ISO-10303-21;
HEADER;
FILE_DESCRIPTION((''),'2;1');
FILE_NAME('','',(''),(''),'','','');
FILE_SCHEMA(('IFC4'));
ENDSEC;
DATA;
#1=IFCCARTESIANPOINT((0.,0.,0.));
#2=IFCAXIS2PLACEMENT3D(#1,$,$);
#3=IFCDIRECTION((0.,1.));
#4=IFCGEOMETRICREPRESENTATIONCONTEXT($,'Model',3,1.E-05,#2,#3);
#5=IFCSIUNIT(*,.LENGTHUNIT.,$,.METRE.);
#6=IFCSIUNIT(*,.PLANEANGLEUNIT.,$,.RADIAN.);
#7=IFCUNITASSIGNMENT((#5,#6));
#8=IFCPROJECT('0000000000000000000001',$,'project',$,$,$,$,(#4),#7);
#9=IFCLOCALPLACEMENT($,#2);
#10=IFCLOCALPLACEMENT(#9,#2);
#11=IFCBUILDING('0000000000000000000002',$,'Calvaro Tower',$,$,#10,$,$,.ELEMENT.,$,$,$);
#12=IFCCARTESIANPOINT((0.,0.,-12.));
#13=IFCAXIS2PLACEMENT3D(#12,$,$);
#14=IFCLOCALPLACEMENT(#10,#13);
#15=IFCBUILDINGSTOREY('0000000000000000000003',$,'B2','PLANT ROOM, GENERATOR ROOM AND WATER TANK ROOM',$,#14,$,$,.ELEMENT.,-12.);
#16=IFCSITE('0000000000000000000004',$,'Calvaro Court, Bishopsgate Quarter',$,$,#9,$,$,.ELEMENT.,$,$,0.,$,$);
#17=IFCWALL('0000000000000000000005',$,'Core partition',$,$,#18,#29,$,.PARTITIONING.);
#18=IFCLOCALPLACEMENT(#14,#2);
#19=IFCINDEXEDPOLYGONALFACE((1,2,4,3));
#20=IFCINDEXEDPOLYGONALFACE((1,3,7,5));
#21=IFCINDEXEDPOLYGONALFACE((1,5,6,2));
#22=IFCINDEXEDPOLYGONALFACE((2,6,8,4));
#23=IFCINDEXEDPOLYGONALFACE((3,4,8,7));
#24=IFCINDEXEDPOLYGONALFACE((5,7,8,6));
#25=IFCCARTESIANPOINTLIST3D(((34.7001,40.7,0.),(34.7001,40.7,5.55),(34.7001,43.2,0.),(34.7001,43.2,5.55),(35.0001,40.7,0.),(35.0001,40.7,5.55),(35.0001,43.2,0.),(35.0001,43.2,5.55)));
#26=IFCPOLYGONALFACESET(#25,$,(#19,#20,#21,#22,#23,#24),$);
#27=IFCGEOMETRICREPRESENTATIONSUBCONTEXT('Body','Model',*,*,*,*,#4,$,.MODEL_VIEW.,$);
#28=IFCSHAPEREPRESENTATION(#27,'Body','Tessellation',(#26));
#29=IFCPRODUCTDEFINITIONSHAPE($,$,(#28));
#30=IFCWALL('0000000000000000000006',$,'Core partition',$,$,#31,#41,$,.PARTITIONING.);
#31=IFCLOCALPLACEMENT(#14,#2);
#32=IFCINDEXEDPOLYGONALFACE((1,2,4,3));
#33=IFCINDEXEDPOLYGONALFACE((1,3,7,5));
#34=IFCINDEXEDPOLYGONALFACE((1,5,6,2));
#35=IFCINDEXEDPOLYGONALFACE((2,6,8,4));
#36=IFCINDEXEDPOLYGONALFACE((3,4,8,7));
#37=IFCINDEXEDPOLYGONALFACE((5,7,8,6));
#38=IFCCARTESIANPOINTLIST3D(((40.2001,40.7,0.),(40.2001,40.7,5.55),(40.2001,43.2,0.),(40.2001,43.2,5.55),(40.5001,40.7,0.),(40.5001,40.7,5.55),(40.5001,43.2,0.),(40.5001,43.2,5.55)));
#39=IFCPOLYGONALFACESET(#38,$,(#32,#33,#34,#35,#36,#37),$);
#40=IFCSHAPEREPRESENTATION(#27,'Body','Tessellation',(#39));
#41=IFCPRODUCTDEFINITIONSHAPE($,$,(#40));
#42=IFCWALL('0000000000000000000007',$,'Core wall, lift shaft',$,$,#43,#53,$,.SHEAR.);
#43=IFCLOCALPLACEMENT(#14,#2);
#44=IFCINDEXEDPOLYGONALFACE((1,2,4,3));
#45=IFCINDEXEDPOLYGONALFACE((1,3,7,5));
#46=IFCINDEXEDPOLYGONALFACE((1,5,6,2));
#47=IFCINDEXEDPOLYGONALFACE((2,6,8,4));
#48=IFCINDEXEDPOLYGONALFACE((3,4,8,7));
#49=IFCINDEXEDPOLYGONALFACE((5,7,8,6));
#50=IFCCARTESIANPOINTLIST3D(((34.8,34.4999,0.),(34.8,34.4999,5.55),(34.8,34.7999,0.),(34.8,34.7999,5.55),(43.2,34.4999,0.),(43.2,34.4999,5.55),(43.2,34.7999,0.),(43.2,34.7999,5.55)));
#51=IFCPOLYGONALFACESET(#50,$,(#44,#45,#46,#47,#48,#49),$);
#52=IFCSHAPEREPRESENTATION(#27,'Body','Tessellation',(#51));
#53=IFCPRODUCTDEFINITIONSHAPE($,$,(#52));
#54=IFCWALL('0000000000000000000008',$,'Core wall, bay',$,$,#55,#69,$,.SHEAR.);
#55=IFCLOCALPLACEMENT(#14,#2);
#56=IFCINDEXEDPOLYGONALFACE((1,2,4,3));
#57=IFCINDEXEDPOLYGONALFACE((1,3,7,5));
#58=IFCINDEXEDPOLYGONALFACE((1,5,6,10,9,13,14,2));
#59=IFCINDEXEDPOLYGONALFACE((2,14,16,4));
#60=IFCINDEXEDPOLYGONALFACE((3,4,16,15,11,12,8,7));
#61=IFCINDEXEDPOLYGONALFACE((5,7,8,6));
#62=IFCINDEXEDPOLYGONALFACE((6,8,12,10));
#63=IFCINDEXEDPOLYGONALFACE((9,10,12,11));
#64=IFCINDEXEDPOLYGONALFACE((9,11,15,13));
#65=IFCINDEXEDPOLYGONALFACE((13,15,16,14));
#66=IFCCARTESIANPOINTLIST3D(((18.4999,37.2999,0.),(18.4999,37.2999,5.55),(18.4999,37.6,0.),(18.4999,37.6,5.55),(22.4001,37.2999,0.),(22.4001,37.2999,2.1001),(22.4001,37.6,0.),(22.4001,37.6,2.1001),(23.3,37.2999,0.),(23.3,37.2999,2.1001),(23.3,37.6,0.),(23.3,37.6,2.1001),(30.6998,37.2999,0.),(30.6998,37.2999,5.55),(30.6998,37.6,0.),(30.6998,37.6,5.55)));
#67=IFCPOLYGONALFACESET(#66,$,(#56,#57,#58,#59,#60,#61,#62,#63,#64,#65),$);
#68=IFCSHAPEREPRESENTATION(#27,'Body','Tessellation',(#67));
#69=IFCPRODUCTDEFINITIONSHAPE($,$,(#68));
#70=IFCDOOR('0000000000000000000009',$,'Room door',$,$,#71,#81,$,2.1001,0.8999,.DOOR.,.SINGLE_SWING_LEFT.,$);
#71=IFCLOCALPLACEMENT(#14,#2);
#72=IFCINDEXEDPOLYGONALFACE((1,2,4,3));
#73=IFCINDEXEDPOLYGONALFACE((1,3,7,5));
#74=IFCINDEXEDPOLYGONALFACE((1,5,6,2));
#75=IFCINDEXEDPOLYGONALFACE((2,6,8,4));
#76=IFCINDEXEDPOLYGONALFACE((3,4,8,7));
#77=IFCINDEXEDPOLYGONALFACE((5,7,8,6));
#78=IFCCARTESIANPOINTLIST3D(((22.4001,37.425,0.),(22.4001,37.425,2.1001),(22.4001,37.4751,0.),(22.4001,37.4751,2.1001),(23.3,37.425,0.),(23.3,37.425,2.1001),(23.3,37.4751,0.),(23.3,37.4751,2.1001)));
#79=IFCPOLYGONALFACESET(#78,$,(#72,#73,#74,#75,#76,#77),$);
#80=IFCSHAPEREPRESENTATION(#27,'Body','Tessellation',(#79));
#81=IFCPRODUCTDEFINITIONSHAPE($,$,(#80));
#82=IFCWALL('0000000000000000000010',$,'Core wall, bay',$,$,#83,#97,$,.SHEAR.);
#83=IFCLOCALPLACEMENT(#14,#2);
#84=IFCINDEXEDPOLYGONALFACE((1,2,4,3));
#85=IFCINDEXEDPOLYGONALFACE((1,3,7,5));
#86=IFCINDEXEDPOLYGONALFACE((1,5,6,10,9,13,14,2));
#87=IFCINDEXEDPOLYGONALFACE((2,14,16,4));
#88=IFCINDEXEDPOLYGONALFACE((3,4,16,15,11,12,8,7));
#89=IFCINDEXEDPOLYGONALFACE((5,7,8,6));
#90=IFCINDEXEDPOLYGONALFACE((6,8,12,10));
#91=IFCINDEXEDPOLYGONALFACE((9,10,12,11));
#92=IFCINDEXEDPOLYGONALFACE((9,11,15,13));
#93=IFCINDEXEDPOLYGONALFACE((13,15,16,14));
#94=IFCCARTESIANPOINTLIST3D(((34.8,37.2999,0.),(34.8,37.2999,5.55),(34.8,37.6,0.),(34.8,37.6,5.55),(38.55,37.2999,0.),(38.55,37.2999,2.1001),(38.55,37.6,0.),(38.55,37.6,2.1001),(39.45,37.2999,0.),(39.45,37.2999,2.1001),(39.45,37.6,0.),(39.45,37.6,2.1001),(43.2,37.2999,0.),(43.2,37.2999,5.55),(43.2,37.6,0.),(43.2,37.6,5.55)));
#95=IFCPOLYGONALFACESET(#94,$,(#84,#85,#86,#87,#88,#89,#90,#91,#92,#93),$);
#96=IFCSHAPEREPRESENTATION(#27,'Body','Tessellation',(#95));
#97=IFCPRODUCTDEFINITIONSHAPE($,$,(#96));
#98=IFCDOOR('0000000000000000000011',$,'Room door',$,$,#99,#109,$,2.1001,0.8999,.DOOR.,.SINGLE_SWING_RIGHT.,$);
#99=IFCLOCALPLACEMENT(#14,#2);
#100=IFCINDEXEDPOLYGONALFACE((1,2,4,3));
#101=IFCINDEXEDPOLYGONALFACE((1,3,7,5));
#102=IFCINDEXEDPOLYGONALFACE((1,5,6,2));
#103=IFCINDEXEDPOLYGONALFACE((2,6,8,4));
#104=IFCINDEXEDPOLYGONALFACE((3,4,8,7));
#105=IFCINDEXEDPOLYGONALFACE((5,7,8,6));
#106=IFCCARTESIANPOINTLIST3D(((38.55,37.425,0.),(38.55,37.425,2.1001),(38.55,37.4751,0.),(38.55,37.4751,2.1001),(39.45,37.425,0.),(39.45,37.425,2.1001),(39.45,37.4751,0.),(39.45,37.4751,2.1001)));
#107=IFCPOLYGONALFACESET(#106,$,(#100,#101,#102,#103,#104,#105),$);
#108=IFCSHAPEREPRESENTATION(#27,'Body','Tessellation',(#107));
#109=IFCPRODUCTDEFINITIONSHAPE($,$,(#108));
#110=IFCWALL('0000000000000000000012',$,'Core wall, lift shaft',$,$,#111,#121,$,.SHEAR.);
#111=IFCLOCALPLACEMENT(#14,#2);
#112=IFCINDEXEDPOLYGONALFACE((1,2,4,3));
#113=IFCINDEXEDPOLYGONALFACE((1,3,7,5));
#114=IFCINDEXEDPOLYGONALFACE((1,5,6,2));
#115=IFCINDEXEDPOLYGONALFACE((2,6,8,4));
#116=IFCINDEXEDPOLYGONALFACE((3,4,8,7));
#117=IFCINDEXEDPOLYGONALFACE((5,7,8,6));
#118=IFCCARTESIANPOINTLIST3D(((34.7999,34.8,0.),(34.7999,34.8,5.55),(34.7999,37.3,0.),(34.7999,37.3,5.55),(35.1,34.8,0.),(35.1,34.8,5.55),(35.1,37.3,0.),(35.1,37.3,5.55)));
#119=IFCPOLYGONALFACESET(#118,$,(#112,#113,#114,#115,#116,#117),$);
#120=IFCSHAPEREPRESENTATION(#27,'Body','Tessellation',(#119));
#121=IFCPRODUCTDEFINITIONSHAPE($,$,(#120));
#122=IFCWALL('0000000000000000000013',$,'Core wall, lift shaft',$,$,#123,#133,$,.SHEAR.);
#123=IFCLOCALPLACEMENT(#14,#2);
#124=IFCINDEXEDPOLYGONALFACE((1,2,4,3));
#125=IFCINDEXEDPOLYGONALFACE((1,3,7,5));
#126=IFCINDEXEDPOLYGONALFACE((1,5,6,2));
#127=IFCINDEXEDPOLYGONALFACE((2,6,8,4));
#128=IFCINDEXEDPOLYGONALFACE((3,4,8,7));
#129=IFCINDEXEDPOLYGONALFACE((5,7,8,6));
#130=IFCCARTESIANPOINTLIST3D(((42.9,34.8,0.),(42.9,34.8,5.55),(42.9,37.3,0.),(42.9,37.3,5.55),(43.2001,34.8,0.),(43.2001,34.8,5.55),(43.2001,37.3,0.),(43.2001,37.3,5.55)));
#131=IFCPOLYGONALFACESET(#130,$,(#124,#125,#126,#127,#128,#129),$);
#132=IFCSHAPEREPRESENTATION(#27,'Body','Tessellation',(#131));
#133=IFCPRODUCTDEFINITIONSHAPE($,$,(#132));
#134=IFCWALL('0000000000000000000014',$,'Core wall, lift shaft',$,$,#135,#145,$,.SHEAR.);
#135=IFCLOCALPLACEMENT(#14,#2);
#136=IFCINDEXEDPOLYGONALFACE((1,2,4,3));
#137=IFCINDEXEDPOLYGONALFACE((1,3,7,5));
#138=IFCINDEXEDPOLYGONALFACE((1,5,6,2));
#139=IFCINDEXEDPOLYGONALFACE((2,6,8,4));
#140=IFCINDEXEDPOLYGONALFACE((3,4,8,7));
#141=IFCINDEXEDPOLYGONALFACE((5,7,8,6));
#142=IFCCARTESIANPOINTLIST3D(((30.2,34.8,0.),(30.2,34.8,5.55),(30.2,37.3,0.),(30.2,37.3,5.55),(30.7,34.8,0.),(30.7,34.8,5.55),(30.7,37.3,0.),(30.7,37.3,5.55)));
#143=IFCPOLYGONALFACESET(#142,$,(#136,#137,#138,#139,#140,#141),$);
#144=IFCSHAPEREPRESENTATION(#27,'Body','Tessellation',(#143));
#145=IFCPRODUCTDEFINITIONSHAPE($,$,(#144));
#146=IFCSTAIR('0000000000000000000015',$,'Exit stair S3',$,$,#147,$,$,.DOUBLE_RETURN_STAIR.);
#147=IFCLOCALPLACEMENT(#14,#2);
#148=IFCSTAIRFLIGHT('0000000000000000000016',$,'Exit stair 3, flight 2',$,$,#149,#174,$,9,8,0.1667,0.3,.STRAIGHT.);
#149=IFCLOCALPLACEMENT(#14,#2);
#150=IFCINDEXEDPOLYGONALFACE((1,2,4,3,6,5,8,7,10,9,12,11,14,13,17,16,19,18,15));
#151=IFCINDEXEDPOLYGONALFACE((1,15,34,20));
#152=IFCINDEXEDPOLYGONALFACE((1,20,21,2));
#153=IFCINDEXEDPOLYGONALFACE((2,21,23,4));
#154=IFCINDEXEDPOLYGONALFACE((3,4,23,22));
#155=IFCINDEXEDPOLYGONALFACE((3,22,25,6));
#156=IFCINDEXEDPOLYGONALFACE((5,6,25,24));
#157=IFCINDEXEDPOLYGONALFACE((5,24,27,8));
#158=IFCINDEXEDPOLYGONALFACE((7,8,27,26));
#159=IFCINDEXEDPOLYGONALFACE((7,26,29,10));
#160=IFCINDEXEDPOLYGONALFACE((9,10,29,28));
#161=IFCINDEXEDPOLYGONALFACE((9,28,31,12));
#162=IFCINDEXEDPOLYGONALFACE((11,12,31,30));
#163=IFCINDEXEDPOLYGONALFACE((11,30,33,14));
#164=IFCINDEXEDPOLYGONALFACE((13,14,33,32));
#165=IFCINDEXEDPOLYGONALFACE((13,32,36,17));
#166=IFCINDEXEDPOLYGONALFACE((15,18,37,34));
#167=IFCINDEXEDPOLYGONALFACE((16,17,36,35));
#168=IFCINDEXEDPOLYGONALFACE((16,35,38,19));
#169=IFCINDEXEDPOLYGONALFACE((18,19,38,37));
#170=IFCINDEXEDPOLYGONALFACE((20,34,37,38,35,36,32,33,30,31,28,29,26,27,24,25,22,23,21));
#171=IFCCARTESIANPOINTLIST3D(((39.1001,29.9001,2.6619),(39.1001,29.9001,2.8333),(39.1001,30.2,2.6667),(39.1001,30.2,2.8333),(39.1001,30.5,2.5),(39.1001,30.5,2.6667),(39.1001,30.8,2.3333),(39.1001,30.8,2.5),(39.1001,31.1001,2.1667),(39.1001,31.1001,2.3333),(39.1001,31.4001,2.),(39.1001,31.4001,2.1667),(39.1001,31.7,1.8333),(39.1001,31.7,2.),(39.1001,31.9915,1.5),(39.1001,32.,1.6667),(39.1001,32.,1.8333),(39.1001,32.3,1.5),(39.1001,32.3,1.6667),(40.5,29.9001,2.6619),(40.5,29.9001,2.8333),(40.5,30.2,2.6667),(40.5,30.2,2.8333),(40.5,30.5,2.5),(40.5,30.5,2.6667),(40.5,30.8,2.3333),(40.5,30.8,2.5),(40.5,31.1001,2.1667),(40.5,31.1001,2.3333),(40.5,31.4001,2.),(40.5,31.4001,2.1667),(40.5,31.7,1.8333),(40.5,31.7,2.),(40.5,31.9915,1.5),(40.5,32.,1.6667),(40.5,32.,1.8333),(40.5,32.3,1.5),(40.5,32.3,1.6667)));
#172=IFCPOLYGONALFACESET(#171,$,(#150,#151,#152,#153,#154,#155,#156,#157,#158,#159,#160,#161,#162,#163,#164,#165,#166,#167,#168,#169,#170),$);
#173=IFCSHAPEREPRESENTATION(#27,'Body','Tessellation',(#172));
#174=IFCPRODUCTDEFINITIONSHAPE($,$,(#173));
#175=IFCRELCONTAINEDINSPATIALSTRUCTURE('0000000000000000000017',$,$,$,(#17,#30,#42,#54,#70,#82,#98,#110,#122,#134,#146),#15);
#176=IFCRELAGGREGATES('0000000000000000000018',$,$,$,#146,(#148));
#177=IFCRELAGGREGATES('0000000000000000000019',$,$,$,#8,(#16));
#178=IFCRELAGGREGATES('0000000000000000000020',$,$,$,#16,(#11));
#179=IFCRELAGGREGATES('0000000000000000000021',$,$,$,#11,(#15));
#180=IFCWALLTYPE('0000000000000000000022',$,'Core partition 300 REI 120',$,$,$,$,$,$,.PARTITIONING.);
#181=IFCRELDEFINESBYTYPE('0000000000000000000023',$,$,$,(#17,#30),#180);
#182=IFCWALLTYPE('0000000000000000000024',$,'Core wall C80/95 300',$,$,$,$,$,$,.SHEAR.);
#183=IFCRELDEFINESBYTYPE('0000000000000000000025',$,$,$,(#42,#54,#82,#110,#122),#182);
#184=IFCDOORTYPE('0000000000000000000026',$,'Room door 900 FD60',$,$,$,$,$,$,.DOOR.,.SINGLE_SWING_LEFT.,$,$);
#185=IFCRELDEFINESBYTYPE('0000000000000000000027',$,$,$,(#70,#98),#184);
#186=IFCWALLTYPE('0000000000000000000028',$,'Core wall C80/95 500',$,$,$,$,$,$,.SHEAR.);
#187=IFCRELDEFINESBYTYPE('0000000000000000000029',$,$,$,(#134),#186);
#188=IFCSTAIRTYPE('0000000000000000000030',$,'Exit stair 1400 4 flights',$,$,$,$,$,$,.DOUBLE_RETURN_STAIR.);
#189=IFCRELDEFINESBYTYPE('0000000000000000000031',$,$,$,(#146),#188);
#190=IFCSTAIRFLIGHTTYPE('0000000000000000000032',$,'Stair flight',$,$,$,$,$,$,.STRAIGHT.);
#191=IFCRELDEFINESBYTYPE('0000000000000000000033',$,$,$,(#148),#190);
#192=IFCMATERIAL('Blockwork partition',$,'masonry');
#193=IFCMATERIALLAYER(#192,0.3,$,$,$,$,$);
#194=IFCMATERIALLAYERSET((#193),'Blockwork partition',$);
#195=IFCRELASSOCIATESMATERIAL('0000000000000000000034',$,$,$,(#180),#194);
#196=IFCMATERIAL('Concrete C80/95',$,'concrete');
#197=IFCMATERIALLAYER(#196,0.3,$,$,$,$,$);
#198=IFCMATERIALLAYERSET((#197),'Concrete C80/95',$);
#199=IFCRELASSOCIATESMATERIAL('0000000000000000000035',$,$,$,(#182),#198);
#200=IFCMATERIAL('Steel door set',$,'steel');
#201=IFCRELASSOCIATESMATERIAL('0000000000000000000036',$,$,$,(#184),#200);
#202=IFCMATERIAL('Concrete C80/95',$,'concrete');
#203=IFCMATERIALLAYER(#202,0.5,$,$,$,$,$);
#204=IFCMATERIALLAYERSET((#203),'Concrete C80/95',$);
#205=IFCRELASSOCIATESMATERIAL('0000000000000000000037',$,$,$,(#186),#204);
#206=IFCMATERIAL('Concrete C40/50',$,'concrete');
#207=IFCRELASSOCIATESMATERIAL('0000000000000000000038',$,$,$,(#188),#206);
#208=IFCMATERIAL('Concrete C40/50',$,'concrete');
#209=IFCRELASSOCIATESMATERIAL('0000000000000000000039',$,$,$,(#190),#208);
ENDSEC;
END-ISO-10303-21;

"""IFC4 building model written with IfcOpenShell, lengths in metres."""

from ifc_helpers import new_model, si_unit, direction, frame, frame_2d, origin, place, context, subcontext, project, spatial, polyline, rectangle, outline, extrude, material, layer, layer_set, type_object, element, fill, aggregate, save


model = new_model("IFC4")

# Units and contexts
model_context = context("Model", 3, precision=1e-05, world=origin(), true_north=direction((0.0, 1.0)))
body_context = subcontext(model_context, "Body", "Model", "MODEL_VIEW")
ifc_project = project(units=[si_unit("LENGTHUNIT", "METRE"), si_unit("PLANEANGLEUNIT", "RADIAN")], contexts=[model_context])

# Site, building, storey
site_placement = place(None, origin())
site = spatial("IfcSite", under=ifc_project, at=site_placement, Name="Calvaro Court, Bishopsgate Quarter", CompositionType="ELEMENT", RefElevation=0.0)
building_placement = place(site_placement, origin())
building = spatial("IfcBuilding", under=site, at=building_placement, Name="Calvaro Tower", CompositionType="ELEMENT")
storey_placement = place(building_placement, frame((0.0, 0.0, -12.0)))
storey = spatial("IfcBuildingStorey", under=building, at=storey_placement, Name="B2", Description="PLANT ROOM, GENERATOR ROOM AND WATER TANK ROOM", CompositionType="ELEMENT", Elevation=-12.0)

# Walls
ifc_material_1 = material(Name="Blockwork partition", Category="masonry")
ifc_layer_1 = layer(ifc_material_1, 0.3)
ifc_layer_set_1 = layer_set([ifc_layer_1], Name="Blockwork partition")
wall_type_1 = type_object("IfcWallType", Name="Core partition 300 REI 120", PredefinedType="PARTITIONING", material=ifc_layer_set_1)
for number, where, z_axis, x_axis, name in (
    (1, (34.8501, 40.7, 0.0), (0.0, 0.0, 1.0), (0.0, 1.0, 0.0), "Core partition"),
    (2, (40.3501, 40.7, 0.0), (0.0, 0.0, 1.0), (0.0, 1.0, 0.0), "Core partition"),
):
    element("IfcWall", number, at=place(storey_placement, frame(where, z_axis=z_axis, x_axis=x_axis)), inside=storey, type_object=wall_type_1, Name=name, PredefinedType="PARTITIONING", context=body_context, shape_type="SweptSolid", body=[
        extrude(rectangle(XDim=2.5, YDim=0.3, at=frame_2d((1.25, 0.0))), origin(), (0.0, 0.0, 1.0), 5.55),
    ])
ifc_material_2 = material(Name="Concrete C80/95", Category="concrete")
ifc_layer_2 = layer(ifc_material_2, 0.3)
ifc_layer_set_2 = layer_set([ifc_layer_2], Name="Concrete C80/95")
wall_type_2 = type_object("IfcWallType", Name="Core wall C80/95 300", PredefinedType="SHEAR", material=ifc_layer_set_2)
wall_1_placement = place(storey_placement, frame((34.8, 34.6499, 0.0), z_axis=(0.0, 0.0, 1.0), x_axis=(1.0, 0.0, 0.0)))
element("IfcWall", 3, at=wall_1_placement, inside=storey, type_object=wall_type_2, Name="Core wall, lift shaft", PredefinedType="SHEAR", context=body_context, shape_type="SweptSolid", body=[
    extrude(rectangle(XDim=8.3999, YDim=0.3, at=frame_2d((4.2, 0.0))), origin(), (0.0, 0.0, 1.0), 5.55),
])

# Walls, openings, doors
wall_2_placement = place(storey_placement, frame((30.7, 37.45, 0.0), z_axis=(0.0, 0.0, 1.0), x_axis=(-1.0, 0.0, 0.0)))
wall_2 = element("IfcWall", 4, at=wall_2_placement, inside=storey, type_object=wall_type_2, Name="Core wall, bay", PredefinedType="SHEAR", context=body_context, shape_type="SweptSolid", body=[
    extrude(rectangle(XDim=12.2, YDim=0.3, at=frame_2d((6.1001, 0.0))), origin(), (0.0, 0.0, 1.0), 5.55),
])
opening_1_placement = place(wall_2_placement, frame((7.3999, 0.0, 0.0)))
opening_1 = element("IfcOpeningElement", 5, at=opening_1_placement, cuts=wall_2, PredefinedType="OPENING", context=body_context, shape_type="SweptSolid", body=[
    extrude(rectangle(XDim=0.8999, YDim=2.1001, at=frame_2d((0.45, 1.05))), frame((0.0, 0.1599, 0.0), z_axis=(0.0, -1.0, 0.0), x_axis=(1.0, 0.0, 0.0)), (0.0, 0.0, 1.0), 0.3201),
])
ifc_material_3 = material(Name="Steel door set", Category="steel")
door_type = type_object("IfcDoorType", Name="Room door 900 FD60", OperationType="SINGLE_SWING_LEFT", PredefinedType="DOOR", material=ifc_material_3)
door_1_placement = place(opening_1_placement, origin())
door_1 = element("IfcDoor", 6, at=door_1_placement, inside=storey, type_object=door_type, Name="Room door", OperationType="SINGLE_SWING_LEFT", OverallHeight=2.1001, OverallWidth=0.8999, PredefinedType="DOOR", context=body_context, shape_type="SweptSolid", body=[
    extrude(rectangle(XDim=0.8999, YDim=2.1001, at=frame_2d((0.45, 1.05))), frame((0.0, 0.0249, 0.0), z_axis=(0.0, -1.0, 0.0), x_axis=(1.0, 0.0, 0.0)), (0.0, 0.0, 1.0), 0.05),
])
fill(opening_1, door_1)
wall_3_placement = place(storey_placement, frame((43.2, 37.45, 0.0), z_axis=(0.0, 0.0, 1.0), x_axis=(-1.0, 0.0, 0.0)))
wall_3 = element("IfcWall", 7, at=wall_3_placement, inside=storey, type_object=wall_type_2, Name="Core wall, bay", PredefinedType="SHEAR", context=body_context, shape_type="SweptSolid", body=[
    extrude(rectangle(XDim=8.3999, YDim=0.3, at=frame_2d((4.2, 0.0))), origin(), (0.0, 0.0, 1.0), 5.55),
])
opening_2_placement = place(wall_3_placement, frame((3.75, 0.0, 0.0)))
opening_2 = element("IfcOpeningElement", 8, at=opening_2_placement, cuts=wall_3, PredefinedType="OPENING", context=body_context, shape_type="SweptSolid", body=[
    extrude(rectangle(XDim=0.8999, YDim=2.1001, at=frame_2d((0.45, 1.05))), frame((0.0, 0.1599, 0.0), z_axis=(0.0, -1.0, 0.0), x_axis=(1.0, 0.0, 0.0)), (0.0, 0.0, 1.0), 0.3201),
])
door_2_placement = place(opening_2_placement, origin())
door_2 = element("IfcDoor", 9, at=door_2_placement, inside=storey, type_object=door_type, Name="Room door", OperationType="SINGLE_SWING_RIGHT", OverallHeight=2.1001, OverallWidth=0.8999, PredefinedType="DOOR", context=body_context, shape_type="SweptSolid", body=[
    extrude(rectangle(XDim=0.8999, YDim=2.1001, at=frame_2d((0.45, 1.05))), frame((0.0, 0.0249, 0.0), z_axis=(0.0, -1.0, 0.0), x_axis=(1.0, 0.0, 0.0)), (0.0, 0.0, 1.0), 0.05),
])
fill(opening_2, door_2)

# Walls
for number, where, z_axis, x_axis, name in (
    (10, (34.95, 34.8, 0.0), (0.0, 0.0, 1.0), (0.0, 1.0, 0.0), "Core wall, lift shaft"),
    (11, (43.05, 34.8, 0.0), (0.0, 0.0, 1.0), (0.0, 1.0, 0.0), "Core wall, lift shaft"),
):
    element("IfcWall", number, at=place(storey_placement, frame(where, z_axis=z_axis, x_axis=x_axis)), inside=storey, type_object=wall_type_2, Name=name, PredefinedType="SHEAR", context=body_context, shape_type="SweptSolid", body=[
        extrude(rectangle(XDim=2.5, YDim=0.3, at=frame_2d((1.25, 0.0))), origin(), (0.0, 0.0, 1.0), 5.55),
    ])
ifc_material_4 = material(Name="Concrete C80/95", Category="concrete")
ifc_layer_3 = layer(ifc_material_4, 0.5)
ifc_layer_set_3 = layer_set([ifc_layer_3], Name="Concrete C80/95")
wall_type_3 = type_object("IfcWallType", Name="Core wall C80/95 500", PredefinedType="SHEAR", material=ifc_layer_set_3)
wall_4_placement = place(storey_placement, frame((30.45, 34.8, 0.0), z_axis=(0.0, 0.0, 1.0), x_axis=(0.0, 1.0, 0.0)))
element("IfcWall", 12, at=wall_4_placement, inside=storey, type_object=wall_type_3, Name="Core wall, lift shaft", PredefinedType="SHEAR", context=body_context, shape_type="SweptSolid", body=[
    extrude(rectangle(XDim=2.5, YDim=0.5, at=frame_2d((1.25, 0.0))), origin(), (0.0, 0.0, 1.0), 5.55),
])

# Stair, stair flight
ifc_material_5 = material(Name="Concrete C40/50", Category="concrete")
stair_type = type_object("IfcStairType", Name="Exit stair 1400 4 flights", PredefinedType="DOUBLE_RETURN_STAIR", material=ifc_material_5)
stair_placement = place(storey_placement, origin())
stair = element("IfcStair", 13, at=stair_placement, inside=storey, type_object=stair_type, Name="Exit stair S3", PredefinedType="DOUBLE_RETURN_STAIR")
ifc_material_6 = material(Name="Concrete C40/50", Category="concrete")
stair_flight_type = type_object("IfcStairFlightType", Name="Stair flight", PredefinedType="STRAIGHT", material=ifc_material_6)
stair_flight_1_placement = place(storey_placement, frame((39.8, 32.3, 1.5), z_axis=(0.0, 0.0, 1.0), x_axis=(0.0, -1.0, 0.0)))
stair_flight_1 = element("IfcStairFlight", 14, at=stair_flight_1_placement, type_object=stair_flight_type, Name="Exit stair 3, flight 2", NumberOfRisers=9, NumberOfTreads=8, PredefinedType="STRAIGHT", RiserHeight=0.1667, TreadLength=0.3, context=body_context, shape_type="SweptSolid", body=[
    extrude(outline(polyline([(0.0, 0.0), (0.0, 0.1667), (0.3, 0.1667), (0.3, 0.3333), (0.6001, 0.3333), (0.6001, 0.5), (0.8999, 0.5), (0.8999, 0.6667), (1.2, 0.6667), (1.2, 0.8333), (1.5, 0.8333), (1.5, 1.0), (1.8, 1.0), (1.8, 1.1667), (2.1001, 1.1667), (2.1001, 1.3333), (2.3999, 1.3333), (2.3999, 1.5), (2.3999, 1.1619), (0.3086, 0.0), (0.0, 0.0)])), frame((0.0, 0.7, 0.0), z_axis=(0.0, -1.0, 0.0), x_axis=(1.0, 0.0, 0.0)), (0.0, 0.0, 1.0), 1.3999),
])
aggregate(stair, [stair_flight_1])

save(model, "model.ifc")
